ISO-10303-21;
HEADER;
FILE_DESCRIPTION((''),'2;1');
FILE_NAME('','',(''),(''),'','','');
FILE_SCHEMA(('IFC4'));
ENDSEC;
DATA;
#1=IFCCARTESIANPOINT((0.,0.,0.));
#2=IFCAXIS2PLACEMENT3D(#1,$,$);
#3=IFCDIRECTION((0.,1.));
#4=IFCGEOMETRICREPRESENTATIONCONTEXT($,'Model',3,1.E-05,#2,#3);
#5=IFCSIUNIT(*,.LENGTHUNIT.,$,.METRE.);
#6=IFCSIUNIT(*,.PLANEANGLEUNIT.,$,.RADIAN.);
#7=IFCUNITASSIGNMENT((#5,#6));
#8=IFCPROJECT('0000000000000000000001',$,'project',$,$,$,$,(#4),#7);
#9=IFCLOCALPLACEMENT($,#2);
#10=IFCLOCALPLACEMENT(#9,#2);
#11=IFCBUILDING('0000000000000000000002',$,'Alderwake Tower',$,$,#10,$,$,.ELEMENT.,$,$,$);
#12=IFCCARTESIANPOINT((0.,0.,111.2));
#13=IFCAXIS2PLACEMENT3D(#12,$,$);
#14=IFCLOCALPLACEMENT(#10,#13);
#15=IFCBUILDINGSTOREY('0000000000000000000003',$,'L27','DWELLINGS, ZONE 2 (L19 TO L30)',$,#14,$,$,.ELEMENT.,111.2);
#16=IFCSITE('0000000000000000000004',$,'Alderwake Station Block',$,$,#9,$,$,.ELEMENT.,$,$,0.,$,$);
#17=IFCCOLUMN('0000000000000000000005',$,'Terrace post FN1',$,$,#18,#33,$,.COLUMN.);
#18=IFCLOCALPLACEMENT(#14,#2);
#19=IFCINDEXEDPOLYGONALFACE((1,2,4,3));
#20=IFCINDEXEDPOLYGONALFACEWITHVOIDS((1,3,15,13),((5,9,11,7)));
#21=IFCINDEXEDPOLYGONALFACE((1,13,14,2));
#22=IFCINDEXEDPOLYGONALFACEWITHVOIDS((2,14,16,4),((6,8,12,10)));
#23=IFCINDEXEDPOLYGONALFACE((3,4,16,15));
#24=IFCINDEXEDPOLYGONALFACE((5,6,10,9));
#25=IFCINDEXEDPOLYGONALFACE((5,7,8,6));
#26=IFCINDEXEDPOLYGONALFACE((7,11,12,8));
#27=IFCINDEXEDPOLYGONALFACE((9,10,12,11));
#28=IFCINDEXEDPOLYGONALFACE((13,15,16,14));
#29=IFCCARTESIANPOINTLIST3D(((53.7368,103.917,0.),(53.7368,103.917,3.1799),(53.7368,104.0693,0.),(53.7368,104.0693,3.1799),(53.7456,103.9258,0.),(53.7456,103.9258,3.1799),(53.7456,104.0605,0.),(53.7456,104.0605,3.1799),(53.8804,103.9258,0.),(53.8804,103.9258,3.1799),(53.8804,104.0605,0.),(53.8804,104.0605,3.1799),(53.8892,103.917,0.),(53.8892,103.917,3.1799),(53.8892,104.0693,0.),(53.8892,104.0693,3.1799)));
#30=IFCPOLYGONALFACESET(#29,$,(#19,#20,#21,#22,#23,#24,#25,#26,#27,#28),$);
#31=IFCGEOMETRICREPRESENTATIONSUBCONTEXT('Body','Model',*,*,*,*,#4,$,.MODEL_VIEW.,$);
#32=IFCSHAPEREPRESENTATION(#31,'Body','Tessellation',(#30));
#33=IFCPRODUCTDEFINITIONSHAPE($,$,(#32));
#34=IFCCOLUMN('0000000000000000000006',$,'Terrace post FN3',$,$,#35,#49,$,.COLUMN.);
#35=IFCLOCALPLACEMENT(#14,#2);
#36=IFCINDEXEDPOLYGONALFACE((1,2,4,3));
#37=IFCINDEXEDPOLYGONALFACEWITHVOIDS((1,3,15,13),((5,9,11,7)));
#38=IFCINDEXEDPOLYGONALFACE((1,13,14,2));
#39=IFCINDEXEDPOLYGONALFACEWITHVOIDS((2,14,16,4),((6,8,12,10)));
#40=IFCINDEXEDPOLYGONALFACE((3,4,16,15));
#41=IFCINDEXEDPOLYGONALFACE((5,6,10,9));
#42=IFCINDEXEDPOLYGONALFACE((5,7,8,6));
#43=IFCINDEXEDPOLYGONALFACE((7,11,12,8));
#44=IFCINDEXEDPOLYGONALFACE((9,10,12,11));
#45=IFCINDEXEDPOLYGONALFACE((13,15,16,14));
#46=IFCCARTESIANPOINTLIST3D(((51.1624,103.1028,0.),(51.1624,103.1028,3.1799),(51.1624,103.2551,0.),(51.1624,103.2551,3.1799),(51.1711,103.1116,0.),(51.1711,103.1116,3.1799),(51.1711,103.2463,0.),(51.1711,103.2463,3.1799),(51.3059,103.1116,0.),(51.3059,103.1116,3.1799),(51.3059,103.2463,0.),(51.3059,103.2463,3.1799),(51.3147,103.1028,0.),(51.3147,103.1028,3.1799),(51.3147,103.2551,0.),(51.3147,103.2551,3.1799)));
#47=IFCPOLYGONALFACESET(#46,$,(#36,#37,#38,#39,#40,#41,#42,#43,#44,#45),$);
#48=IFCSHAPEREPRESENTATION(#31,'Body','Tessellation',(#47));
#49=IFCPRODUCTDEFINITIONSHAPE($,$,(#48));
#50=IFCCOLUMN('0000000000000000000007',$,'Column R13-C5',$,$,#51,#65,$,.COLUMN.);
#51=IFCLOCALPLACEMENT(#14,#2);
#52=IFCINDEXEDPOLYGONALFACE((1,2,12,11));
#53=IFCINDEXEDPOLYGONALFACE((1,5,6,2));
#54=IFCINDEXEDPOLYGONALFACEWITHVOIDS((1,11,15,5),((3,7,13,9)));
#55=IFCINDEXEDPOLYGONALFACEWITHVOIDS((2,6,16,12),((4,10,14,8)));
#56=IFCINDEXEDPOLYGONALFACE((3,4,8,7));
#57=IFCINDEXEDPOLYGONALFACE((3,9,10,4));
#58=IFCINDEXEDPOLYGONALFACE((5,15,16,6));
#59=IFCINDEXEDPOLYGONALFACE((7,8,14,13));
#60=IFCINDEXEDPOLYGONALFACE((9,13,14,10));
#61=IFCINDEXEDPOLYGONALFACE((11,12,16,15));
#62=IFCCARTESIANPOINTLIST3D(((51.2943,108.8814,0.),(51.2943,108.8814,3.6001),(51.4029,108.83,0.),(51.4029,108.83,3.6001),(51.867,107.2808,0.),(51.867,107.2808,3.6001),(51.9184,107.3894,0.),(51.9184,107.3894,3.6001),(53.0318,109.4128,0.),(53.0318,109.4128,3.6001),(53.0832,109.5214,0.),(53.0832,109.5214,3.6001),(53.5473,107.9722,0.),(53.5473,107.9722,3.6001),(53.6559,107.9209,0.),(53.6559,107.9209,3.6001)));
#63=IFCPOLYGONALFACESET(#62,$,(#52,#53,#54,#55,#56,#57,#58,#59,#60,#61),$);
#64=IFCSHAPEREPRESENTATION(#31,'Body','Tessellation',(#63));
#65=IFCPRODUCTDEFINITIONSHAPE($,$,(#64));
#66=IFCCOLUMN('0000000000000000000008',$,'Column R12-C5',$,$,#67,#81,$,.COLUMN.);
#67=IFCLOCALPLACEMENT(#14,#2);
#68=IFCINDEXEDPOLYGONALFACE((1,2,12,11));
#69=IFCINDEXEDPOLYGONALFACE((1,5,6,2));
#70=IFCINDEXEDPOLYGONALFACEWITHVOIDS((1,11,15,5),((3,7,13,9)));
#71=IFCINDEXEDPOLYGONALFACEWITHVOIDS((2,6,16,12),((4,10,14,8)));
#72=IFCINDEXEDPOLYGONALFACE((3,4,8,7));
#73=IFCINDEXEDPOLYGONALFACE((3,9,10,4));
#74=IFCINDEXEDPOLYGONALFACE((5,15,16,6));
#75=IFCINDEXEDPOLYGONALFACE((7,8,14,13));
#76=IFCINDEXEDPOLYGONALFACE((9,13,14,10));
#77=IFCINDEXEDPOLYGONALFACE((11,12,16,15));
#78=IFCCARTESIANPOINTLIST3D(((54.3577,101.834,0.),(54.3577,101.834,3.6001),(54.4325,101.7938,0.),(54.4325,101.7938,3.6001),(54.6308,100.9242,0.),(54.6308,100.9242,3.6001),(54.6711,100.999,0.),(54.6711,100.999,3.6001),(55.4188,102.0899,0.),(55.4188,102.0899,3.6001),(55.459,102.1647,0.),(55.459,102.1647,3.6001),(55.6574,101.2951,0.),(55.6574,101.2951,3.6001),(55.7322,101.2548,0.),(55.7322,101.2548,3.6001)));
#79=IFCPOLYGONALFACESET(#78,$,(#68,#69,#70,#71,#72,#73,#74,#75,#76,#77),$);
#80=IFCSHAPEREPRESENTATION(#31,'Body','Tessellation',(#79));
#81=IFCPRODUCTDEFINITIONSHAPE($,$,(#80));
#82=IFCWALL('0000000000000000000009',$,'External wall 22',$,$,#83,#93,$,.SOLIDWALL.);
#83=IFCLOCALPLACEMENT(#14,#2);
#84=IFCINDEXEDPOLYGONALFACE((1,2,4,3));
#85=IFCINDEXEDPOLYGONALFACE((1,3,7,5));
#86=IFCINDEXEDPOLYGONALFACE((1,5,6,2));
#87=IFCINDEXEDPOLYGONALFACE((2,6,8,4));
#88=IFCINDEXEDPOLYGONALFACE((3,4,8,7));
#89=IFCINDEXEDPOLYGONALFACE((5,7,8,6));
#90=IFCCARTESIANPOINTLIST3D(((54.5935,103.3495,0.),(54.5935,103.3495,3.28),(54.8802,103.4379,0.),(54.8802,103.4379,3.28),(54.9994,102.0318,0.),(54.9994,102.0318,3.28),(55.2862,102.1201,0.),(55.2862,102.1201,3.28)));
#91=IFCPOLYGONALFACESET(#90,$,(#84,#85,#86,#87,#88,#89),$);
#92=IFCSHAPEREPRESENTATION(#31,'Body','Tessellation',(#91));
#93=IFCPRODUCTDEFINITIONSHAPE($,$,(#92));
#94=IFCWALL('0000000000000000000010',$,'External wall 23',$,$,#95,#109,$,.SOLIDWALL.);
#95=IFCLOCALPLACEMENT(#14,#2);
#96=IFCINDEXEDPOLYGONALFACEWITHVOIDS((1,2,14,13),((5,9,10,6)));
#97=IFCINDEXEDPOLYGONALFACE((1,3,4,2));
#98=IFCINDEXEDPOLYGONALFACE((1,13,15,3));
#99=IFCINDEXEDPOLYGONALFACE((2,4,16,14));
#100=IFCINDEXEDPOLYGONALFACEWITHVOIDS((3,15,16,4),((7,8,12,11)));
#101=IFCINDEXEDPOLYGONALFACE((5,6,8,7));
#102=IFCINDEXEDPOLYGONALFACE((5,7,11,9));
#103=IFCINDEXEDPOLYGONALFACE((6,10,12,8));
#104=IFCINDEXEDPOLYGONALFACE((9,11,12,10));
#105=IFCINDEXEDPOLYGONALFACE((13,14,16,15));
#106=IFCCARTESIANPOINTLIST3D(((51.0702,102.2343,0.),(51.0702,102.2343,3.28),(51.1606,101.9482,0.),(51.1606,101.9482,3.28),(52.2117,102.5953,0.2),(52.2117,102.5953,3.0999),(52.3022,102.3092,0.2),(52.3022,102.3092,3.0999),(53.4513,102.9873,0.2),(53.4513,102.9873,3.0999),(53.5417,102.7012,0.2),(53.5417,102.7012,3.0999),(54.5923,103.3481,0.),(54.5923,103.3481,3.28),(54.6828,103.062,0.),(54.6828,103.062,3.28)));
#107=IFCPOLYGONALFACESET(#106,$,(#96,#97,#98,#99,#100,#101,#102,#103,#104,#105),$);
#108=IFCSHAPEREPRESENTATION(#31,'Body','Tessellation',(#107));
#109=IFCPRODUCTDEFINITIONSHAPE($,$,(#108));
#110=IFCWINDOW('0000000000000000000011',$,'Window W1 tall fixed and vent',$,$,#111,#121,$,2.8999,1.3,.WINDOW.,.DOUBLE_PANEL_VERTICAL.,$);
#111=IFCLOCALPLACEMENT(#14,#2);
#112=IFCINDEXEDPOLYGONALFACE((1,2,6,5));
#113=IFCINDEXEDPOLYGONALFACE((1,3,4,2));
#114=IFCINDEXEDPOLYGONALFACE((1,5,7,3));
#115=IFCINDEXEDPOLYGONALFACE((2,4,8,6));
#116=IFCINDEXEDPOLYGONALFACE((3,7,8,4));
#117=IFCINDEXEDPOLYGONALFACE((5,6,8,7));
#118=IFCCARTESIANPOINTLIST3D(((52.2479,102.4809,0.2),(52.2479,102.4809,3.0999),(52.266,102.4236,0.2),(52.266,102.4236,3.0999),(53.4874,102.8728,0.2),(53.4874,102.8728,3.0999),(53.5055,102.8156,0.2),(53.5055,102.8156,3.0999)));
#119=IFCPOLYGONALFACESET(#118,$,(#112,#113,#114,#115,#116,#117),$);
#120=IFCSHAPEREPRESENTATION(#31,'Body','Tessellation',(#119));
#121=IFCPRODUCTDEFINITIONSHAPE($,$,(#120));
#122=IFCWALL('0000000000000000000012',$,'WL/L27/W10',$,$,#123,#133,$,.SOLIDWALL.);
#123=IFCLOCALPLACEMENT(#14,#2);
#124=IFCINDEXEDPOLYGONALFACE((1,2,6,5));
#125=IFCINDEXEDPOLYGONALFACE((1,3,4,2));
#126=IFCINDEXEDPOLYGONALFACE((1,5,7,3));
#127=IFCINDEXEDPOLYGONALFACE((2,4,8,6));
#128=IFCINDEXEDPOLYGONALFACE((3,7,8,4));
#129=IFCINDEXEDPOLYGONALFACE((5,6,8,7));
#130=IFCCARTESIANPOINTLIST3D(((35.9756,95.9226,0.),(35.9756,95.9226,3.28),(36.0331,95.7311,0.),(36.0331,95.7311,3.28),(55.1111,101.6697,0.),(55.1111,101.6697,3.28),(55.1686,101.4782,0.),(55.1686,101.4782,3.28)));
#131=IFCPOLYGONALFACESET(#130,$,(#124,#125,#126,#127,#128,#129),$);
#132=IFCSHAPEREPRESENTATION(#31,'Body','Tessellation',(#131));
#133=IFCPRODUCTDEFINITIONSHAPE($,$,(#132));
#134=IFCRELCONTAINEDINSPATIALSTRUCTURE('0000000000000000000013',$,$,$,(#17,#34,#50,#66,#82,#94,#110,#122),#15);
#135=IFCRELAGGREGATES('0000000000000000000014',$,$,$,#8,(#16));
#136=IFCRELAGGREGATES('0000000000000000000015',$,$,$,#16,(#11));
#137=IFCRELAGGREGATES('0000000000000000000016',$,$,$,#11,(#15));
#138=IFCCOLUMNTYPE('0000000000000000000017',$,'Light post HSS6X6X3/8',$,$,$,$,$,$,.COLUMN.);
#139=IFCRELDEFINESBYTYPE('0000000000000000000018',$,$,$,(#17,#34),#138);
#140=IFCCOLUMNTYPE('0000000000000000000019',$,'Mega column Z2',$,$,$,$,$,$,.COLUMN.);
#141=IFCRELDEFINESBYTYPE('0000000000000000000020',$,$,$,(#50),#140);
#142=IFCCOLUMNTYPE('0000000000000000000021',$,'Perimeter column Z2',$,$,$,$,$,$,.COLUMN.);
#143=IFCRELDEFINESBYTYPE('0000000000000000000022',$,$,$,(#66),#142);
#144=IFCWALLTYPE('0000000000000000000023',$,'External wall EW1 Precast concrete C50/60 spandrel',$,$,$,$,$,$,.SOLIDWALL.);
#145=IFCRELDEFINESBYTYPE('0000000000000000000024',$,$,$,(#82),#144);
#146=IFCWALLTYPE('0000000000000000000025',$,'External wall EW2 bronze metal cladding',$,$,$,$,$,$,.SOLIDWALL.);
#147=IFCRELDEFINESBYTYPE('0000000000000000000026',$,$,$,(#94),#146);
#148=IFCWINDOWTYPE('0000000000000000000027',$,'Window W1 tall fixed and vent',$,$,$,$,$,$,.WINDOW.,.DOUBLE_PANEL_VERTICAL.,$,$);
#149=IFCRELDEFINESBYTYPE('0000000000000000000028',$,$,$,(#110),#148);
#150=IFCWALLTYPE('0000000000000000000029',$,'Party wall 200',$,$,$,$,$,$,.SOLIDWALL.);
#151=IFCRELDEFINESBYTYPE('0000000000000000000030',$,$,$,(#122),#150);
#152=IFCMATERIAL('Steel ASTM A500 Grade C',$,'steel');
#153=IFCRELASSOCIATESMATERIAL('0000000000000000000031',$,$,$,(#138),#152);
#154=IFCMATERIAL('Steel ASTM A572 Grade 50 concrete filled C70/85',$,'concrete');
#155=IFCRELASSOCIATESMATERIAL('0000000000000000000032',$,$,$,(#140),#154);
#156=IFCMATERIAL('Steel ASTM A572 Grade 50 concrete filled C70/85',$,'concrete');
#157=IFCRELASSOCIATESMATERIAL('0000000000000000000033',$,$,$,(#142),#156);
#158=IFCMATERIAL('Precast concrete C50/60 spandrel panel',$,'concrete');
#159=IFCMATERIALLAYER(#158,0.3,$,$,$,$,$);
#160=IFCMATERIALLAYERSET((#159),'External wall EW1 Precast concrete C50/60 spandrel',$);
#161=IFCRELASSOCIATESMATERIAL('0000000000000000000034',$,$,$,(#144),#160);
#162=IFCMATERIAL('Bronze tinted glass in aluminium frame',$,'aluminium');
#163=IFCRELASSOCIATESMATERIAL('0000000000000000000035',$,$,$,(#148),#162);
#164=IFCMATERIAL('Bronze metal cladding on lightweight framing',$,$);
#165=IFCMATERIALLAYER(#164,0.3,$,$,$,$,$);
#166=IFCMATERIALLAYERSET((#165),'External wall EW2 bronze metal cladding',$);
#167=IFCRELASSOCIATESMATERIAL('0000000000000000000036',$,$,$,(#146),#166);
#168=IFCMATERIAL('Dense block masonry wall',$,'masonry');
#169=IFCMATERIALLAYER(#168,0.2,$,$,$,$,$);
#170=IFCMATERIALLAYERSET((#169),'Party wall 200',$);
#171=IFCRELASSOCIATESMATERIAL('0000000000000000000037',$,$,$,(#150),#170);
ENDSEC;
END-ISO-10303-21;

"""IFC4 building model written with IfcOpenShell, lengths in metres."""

from ifc_helpers import new_model, si_unit, direction, frame, frame_2d, origin, origin_2d, place, context, subcontext, project, spatial, rectangle, hollow_rectangle, extrude, material, layer, layer_set, material_profile, profile_set, type_object, element, fill, save


model = new_model("IFC4")

# Units and contexts
model_context = context("Model", 3, precision=1e-05, world=origin(), true_north=direction((0.0, 1.0)))
body_context = subcontext(model_context, "Body", "Model", "MODEL_VIEW")
ifc_project = project(units=[si_unit("LENGTHUNIT", "METRE"), si_unit("PLANEANGLEUNIT", "RADIAN")], contexts=[model_context])

# Site, building, storey
site_placement = place(None, origin())
site = spatial("IfcSite", under=ifc_project, at=site_placement, Name="Alderwake Station Block", CompositionType="ELEMENT", RefElevation=0.0)
building_placement = place(site_placement, origin())
building = spatial("IfcBuilding", under=site, at=building_placement, Name="Alderwake Tower", CompositionType="ELEMENT")
storey_placement = place(building_placement, frame((0.0, 0.0, 111.2)))
storey = spatial("IfcBuildingStorey", under=building, at=storey_placement, Name="L27", Description="DWELLINGS, ZONE 2 (L19 TO L30)", CompositionType="ELEMENT", Elevation=111.2)

# Columns
ifc_material_1 = material(Name="Steel ASTM A500 Grade C", Category="steel")
ifc_material_profile_1 = material_profile(ifc_material_1, hollow_rectangle(XDim=0.1523, YDim=0.1523, WallThickness=0.0088, at=origin_2d()), Name="HSS6X6X3/8")
ifc_profile_set_1 = profile_set([ifc_material_profile_1], Name="Steel ASTM A500 Grade C")
column_type_1 = type_object("IfcColumnType", Name="Light post HSS6X6X3/8", PredefinedType="COLUMN", material=ifc_profile_set_1)
for number, where, z_axis, x_axis, name in (
    (1, (53.813, 103.9932, 0.0), (0.0, 0.0, 1.0), (1.0, 0.0, 0.0), "Terrace post FN1"),
    (2, (51.2385, 103.179, 0.0), (0.0, 0.0, 1.0), (1.0, 0.0, 0.0), "Terrace post FN3"),
):
    element("IfcColumn", number, at=place(storey_placement, frame(where, z_axis=z_axis, x_axis=x_axis)), inside=storey, type_object=column_type_1, Name=name, PredefinedType="COLUMN", context=body_context, shape_type="SweptSolid", body=[
        extrude(hollow_rectangle(XDim=0.1523, YDim=0.1523, WallThickness=0.0088, at=origin_2d()), origin(), (0.0, 0.0, 1.0), 3.1799),
    ])
ifc_material_2 = material(Name="Steel ASTM A572 Grade 50 concrete filled C70/85", Category="concrete")
ifc_material_profile_2 = material_profile(ifc_material_2, hollow_rectangle(XDim=1.7, YDim=1.8999, WallThickness=0.085, at=origin_2d()), Name="BOX 1900X1700X85")
ifc_profile_set_2 = profile_set([ifc_material_profile_2], Name="Steel ASTM A572 Grade 50 concrete filled C70/85")
column_type_2 = type_object("IfcColumnType", Name="Mega column Z2", PredefinedType="COLUMN", material=ifc_profile_set_2)
column_1_placement = place(storey_placement, frame((52.4751, 108.4011, 0.0), z_axis=(0.0, 0.0, 1.0), x_axis=(-0.336895, 0.941542, 0.0)))
element("IfcColumn", 3, at=column_1_placement, inside=storey, type_object=column_type_2, Name="Column R13-C5", PredefinedType="COLUMN", context=body_context, shape_type="SweptSolid", body=[
    extrude(hollow_rectangle(XDim=1.7, YDim=1.8999, WallThickness=0.085, at=origin_2d()), origin(), (0.0, 0.0, 1.0), 3.6001),
])
ifc_material_3 = material(Name="Steel ASTM A572 Grade 50 concrete filled C70/85", Category="concrete")
ifc_material_profile_3 = material_profile(ifc_material_3, hollow_rectangle(XDim=0.95, YDim=1.1499, WallThickness=0.0601, at=origin_2d()), Name="BOX 1150X950X60")
ifc_profile_set_3 = profile_set([ifc_material_profile_3], Name="Steel ASTM A572 Grade 50 concrete filled C70/85")
column_type_3 = type_object("IfcColumnType", Name="Perimeter column Z2", PredefinedType="COLUMN", material=ifc_profile_set_3)
column_2_placement = place(storey_placement, frame((55.0449, 101.5444, 0.0), z_axis=(0.0, 0.0, 1.0), x_axis=(-0.287549, 0.957766, 0.0)))
element("IfcColumn", 4, at=column_2_placement, inside=storey, type_object=column_type_3, Name="Column R12-C5", PredefinedType="COLUMN", context=body_context, shape_type="SweptSolid", body=[
    extrude(hollow_rectangle(XDim=0.95, YDim=1.1499, WallThickness=0.0601, at=origin_2d()), origin(), (0.0, 0.0, 1.0), 3.6001),
])

# Shared definitions
ifc_material_4 = material(Name="Precast concrete C50/60 spandrel panel", Category="concrete")
ifc_layer_1 = layer(ifc_material_4, 0.3)
ifc_layer_set_1 = layer_set([ifc_layer_1], Name="External wall EW1 Precast concrete C50/60 spandrel")
wall_type_1 = type_object("IfcWallType", Name="External wall EW1 Precast concrete C50/60 spandrel", PredefinedType="SOLIDWALL", material=ifc_layer_set_1)
ifc_material_5 = material(Name="Bronze tinted glass in aluminium frame", Category="aluminium")
window_type = type_object("IfcWindowType", Name="Window W1 tall fixed and vent", PartitioningType="DOUBLE_PANEL_VERTICAL", PredefinedType="WINDOW", material=ifc_material_5)

# Wall
wall_1_placement = place(storey_placement, frame((55.1428, 102.0759, 0.0), z_axis=(0.0, 0.0, 1.0), x_axis=(-0.294422, 0.955676, 0.0)))
element("IfcWall", 5, at=wall_1_placement, inside=storey, type_object=wall_type_1, Name="External wall 22", PredefinedType="SOLIDWALL", context=body_context, shape_type="SweptSolid", body=[
    extrude(rectangle(XDim=1.3789, YDim=0.3, at=frame_2d((0.6895, 0.0))), origin(), (0.0, 0.0, 1.0), 3.28),
])

# Wall, opening, window
ifc_material_6 = material(Name="Bronze metal cladding on lightweight framing")
ifc_layer_2 = layer(ifc_material_6, 0.3)
ifc_layer_set_2 = layer_set([ifc_layer_2], Name="External wall EW2 bronze metal cladding")
wall_type_2 = type_object("IfcWallType", Name="External wall EW2 bronze metal cladding", PredefinedType="SOLIDWALL", material=ifc_layer_set_2)
wall_2_placement = place(storey_placement, frame((54.6377, 103.2051, 0.0), z_axis=(0.0, 0.0, 1.0), x_axis=(-0.953467, -0.301498, 0.0)))
wall_2 = element("IfcWall", 6, at=wall_2_placement, inside=storey, type_object=wall_type_2, Name="External wall 23", PredefinedType="SOLIDWALL", context=body_context, shape_type="SweptSolid", body=[
    extrude(rectangle(XDim=3.6941, YDim=0.3, at=frame_2d((1.8472, 0.0))), origin(), (0.0, 0.0, 1.0), 3.28),
])
opening_1_placement = place(wall_2_placement, frame((1.197, 0.0, 0.2)))
opening_1 = element("IfcOpeningElement", 7, at=opening_1_placement, cuts=wall_2, PredefinedType="OPENING", context=body_context, shape_type="SweptSolid", body=[
    extrude(rectangle(XDim=1.3, YDim=2.8999, at=frame_2d((0.6499, 1.45))), frame((0.0, 0.1599, 0.0), z_axis=(0.0, -1.0, 0.0), x_axis=(1.0, 0.0, 0.0)), (0.0, 0.0, 1.0), 0.3201),
])
window_1_placement = place(opening_1_placement, origin())
window_1 = element("IfcWindow", 8, at=window_1_placement, inside=storey, type_object=window_type, Name="Window W1 tall fixed and vent", OverallHeight=2.8999, OverallWidth=1.3, PartitioningType="DOUBLE_PANEL_VERTICAL", PredefinedType="WINDOW", context=body_context, shape_type="SweptSolid", body=[
    extrude(rectangle(XDim=1.3, YDim=2.8999, at=frame_2d((0.6499, 1.45))), frame((0.0, 0.03, 0.0), z_axis=(0.0, -1.0, 0.0), x_axis=(1.0, 0.0, 0.0)), (0.0, 0.0, 1.0), 0.0601),
])
fill(opening_1, window_1)

# Wall
ifc_material_7 = material(Name="Dense block masonry wall", Category="masonry")
ifc_layer_3 = layer(ifc_material_7, 0.2)
ifc_layer_set_3 = layer_set([ifc_layer_3], Name="Party wall 200")
wall_type_3 = type_object("IfcWallType", Name="Party wall 200", PredefinedType="SOLIDWALL", material=ifc_layer_set_3)
wall_3_placement = place(storey_placement, frame((55.1399, 101.574, 0.0), z_axis=(0.0, 0.0, 1.0), x_axis=(-0.957738, -0.287643, 0.0)))
element("IfcWall", 9, at=wall_3_placement, inside=storey, type_object=wall_type_3, Name="WL/L27/W10", PredefinedType="SOLIDWALL", context=body_context, shape_type="SweptSolid", body=[
    extrude(rectangle(XDim=19.98, YDim=0.2, at=frame_2d((9.99, 0.0))), origin(), (0.0, 0.0, 1.0), 3.28),
])

save(model, "model.ifc")
